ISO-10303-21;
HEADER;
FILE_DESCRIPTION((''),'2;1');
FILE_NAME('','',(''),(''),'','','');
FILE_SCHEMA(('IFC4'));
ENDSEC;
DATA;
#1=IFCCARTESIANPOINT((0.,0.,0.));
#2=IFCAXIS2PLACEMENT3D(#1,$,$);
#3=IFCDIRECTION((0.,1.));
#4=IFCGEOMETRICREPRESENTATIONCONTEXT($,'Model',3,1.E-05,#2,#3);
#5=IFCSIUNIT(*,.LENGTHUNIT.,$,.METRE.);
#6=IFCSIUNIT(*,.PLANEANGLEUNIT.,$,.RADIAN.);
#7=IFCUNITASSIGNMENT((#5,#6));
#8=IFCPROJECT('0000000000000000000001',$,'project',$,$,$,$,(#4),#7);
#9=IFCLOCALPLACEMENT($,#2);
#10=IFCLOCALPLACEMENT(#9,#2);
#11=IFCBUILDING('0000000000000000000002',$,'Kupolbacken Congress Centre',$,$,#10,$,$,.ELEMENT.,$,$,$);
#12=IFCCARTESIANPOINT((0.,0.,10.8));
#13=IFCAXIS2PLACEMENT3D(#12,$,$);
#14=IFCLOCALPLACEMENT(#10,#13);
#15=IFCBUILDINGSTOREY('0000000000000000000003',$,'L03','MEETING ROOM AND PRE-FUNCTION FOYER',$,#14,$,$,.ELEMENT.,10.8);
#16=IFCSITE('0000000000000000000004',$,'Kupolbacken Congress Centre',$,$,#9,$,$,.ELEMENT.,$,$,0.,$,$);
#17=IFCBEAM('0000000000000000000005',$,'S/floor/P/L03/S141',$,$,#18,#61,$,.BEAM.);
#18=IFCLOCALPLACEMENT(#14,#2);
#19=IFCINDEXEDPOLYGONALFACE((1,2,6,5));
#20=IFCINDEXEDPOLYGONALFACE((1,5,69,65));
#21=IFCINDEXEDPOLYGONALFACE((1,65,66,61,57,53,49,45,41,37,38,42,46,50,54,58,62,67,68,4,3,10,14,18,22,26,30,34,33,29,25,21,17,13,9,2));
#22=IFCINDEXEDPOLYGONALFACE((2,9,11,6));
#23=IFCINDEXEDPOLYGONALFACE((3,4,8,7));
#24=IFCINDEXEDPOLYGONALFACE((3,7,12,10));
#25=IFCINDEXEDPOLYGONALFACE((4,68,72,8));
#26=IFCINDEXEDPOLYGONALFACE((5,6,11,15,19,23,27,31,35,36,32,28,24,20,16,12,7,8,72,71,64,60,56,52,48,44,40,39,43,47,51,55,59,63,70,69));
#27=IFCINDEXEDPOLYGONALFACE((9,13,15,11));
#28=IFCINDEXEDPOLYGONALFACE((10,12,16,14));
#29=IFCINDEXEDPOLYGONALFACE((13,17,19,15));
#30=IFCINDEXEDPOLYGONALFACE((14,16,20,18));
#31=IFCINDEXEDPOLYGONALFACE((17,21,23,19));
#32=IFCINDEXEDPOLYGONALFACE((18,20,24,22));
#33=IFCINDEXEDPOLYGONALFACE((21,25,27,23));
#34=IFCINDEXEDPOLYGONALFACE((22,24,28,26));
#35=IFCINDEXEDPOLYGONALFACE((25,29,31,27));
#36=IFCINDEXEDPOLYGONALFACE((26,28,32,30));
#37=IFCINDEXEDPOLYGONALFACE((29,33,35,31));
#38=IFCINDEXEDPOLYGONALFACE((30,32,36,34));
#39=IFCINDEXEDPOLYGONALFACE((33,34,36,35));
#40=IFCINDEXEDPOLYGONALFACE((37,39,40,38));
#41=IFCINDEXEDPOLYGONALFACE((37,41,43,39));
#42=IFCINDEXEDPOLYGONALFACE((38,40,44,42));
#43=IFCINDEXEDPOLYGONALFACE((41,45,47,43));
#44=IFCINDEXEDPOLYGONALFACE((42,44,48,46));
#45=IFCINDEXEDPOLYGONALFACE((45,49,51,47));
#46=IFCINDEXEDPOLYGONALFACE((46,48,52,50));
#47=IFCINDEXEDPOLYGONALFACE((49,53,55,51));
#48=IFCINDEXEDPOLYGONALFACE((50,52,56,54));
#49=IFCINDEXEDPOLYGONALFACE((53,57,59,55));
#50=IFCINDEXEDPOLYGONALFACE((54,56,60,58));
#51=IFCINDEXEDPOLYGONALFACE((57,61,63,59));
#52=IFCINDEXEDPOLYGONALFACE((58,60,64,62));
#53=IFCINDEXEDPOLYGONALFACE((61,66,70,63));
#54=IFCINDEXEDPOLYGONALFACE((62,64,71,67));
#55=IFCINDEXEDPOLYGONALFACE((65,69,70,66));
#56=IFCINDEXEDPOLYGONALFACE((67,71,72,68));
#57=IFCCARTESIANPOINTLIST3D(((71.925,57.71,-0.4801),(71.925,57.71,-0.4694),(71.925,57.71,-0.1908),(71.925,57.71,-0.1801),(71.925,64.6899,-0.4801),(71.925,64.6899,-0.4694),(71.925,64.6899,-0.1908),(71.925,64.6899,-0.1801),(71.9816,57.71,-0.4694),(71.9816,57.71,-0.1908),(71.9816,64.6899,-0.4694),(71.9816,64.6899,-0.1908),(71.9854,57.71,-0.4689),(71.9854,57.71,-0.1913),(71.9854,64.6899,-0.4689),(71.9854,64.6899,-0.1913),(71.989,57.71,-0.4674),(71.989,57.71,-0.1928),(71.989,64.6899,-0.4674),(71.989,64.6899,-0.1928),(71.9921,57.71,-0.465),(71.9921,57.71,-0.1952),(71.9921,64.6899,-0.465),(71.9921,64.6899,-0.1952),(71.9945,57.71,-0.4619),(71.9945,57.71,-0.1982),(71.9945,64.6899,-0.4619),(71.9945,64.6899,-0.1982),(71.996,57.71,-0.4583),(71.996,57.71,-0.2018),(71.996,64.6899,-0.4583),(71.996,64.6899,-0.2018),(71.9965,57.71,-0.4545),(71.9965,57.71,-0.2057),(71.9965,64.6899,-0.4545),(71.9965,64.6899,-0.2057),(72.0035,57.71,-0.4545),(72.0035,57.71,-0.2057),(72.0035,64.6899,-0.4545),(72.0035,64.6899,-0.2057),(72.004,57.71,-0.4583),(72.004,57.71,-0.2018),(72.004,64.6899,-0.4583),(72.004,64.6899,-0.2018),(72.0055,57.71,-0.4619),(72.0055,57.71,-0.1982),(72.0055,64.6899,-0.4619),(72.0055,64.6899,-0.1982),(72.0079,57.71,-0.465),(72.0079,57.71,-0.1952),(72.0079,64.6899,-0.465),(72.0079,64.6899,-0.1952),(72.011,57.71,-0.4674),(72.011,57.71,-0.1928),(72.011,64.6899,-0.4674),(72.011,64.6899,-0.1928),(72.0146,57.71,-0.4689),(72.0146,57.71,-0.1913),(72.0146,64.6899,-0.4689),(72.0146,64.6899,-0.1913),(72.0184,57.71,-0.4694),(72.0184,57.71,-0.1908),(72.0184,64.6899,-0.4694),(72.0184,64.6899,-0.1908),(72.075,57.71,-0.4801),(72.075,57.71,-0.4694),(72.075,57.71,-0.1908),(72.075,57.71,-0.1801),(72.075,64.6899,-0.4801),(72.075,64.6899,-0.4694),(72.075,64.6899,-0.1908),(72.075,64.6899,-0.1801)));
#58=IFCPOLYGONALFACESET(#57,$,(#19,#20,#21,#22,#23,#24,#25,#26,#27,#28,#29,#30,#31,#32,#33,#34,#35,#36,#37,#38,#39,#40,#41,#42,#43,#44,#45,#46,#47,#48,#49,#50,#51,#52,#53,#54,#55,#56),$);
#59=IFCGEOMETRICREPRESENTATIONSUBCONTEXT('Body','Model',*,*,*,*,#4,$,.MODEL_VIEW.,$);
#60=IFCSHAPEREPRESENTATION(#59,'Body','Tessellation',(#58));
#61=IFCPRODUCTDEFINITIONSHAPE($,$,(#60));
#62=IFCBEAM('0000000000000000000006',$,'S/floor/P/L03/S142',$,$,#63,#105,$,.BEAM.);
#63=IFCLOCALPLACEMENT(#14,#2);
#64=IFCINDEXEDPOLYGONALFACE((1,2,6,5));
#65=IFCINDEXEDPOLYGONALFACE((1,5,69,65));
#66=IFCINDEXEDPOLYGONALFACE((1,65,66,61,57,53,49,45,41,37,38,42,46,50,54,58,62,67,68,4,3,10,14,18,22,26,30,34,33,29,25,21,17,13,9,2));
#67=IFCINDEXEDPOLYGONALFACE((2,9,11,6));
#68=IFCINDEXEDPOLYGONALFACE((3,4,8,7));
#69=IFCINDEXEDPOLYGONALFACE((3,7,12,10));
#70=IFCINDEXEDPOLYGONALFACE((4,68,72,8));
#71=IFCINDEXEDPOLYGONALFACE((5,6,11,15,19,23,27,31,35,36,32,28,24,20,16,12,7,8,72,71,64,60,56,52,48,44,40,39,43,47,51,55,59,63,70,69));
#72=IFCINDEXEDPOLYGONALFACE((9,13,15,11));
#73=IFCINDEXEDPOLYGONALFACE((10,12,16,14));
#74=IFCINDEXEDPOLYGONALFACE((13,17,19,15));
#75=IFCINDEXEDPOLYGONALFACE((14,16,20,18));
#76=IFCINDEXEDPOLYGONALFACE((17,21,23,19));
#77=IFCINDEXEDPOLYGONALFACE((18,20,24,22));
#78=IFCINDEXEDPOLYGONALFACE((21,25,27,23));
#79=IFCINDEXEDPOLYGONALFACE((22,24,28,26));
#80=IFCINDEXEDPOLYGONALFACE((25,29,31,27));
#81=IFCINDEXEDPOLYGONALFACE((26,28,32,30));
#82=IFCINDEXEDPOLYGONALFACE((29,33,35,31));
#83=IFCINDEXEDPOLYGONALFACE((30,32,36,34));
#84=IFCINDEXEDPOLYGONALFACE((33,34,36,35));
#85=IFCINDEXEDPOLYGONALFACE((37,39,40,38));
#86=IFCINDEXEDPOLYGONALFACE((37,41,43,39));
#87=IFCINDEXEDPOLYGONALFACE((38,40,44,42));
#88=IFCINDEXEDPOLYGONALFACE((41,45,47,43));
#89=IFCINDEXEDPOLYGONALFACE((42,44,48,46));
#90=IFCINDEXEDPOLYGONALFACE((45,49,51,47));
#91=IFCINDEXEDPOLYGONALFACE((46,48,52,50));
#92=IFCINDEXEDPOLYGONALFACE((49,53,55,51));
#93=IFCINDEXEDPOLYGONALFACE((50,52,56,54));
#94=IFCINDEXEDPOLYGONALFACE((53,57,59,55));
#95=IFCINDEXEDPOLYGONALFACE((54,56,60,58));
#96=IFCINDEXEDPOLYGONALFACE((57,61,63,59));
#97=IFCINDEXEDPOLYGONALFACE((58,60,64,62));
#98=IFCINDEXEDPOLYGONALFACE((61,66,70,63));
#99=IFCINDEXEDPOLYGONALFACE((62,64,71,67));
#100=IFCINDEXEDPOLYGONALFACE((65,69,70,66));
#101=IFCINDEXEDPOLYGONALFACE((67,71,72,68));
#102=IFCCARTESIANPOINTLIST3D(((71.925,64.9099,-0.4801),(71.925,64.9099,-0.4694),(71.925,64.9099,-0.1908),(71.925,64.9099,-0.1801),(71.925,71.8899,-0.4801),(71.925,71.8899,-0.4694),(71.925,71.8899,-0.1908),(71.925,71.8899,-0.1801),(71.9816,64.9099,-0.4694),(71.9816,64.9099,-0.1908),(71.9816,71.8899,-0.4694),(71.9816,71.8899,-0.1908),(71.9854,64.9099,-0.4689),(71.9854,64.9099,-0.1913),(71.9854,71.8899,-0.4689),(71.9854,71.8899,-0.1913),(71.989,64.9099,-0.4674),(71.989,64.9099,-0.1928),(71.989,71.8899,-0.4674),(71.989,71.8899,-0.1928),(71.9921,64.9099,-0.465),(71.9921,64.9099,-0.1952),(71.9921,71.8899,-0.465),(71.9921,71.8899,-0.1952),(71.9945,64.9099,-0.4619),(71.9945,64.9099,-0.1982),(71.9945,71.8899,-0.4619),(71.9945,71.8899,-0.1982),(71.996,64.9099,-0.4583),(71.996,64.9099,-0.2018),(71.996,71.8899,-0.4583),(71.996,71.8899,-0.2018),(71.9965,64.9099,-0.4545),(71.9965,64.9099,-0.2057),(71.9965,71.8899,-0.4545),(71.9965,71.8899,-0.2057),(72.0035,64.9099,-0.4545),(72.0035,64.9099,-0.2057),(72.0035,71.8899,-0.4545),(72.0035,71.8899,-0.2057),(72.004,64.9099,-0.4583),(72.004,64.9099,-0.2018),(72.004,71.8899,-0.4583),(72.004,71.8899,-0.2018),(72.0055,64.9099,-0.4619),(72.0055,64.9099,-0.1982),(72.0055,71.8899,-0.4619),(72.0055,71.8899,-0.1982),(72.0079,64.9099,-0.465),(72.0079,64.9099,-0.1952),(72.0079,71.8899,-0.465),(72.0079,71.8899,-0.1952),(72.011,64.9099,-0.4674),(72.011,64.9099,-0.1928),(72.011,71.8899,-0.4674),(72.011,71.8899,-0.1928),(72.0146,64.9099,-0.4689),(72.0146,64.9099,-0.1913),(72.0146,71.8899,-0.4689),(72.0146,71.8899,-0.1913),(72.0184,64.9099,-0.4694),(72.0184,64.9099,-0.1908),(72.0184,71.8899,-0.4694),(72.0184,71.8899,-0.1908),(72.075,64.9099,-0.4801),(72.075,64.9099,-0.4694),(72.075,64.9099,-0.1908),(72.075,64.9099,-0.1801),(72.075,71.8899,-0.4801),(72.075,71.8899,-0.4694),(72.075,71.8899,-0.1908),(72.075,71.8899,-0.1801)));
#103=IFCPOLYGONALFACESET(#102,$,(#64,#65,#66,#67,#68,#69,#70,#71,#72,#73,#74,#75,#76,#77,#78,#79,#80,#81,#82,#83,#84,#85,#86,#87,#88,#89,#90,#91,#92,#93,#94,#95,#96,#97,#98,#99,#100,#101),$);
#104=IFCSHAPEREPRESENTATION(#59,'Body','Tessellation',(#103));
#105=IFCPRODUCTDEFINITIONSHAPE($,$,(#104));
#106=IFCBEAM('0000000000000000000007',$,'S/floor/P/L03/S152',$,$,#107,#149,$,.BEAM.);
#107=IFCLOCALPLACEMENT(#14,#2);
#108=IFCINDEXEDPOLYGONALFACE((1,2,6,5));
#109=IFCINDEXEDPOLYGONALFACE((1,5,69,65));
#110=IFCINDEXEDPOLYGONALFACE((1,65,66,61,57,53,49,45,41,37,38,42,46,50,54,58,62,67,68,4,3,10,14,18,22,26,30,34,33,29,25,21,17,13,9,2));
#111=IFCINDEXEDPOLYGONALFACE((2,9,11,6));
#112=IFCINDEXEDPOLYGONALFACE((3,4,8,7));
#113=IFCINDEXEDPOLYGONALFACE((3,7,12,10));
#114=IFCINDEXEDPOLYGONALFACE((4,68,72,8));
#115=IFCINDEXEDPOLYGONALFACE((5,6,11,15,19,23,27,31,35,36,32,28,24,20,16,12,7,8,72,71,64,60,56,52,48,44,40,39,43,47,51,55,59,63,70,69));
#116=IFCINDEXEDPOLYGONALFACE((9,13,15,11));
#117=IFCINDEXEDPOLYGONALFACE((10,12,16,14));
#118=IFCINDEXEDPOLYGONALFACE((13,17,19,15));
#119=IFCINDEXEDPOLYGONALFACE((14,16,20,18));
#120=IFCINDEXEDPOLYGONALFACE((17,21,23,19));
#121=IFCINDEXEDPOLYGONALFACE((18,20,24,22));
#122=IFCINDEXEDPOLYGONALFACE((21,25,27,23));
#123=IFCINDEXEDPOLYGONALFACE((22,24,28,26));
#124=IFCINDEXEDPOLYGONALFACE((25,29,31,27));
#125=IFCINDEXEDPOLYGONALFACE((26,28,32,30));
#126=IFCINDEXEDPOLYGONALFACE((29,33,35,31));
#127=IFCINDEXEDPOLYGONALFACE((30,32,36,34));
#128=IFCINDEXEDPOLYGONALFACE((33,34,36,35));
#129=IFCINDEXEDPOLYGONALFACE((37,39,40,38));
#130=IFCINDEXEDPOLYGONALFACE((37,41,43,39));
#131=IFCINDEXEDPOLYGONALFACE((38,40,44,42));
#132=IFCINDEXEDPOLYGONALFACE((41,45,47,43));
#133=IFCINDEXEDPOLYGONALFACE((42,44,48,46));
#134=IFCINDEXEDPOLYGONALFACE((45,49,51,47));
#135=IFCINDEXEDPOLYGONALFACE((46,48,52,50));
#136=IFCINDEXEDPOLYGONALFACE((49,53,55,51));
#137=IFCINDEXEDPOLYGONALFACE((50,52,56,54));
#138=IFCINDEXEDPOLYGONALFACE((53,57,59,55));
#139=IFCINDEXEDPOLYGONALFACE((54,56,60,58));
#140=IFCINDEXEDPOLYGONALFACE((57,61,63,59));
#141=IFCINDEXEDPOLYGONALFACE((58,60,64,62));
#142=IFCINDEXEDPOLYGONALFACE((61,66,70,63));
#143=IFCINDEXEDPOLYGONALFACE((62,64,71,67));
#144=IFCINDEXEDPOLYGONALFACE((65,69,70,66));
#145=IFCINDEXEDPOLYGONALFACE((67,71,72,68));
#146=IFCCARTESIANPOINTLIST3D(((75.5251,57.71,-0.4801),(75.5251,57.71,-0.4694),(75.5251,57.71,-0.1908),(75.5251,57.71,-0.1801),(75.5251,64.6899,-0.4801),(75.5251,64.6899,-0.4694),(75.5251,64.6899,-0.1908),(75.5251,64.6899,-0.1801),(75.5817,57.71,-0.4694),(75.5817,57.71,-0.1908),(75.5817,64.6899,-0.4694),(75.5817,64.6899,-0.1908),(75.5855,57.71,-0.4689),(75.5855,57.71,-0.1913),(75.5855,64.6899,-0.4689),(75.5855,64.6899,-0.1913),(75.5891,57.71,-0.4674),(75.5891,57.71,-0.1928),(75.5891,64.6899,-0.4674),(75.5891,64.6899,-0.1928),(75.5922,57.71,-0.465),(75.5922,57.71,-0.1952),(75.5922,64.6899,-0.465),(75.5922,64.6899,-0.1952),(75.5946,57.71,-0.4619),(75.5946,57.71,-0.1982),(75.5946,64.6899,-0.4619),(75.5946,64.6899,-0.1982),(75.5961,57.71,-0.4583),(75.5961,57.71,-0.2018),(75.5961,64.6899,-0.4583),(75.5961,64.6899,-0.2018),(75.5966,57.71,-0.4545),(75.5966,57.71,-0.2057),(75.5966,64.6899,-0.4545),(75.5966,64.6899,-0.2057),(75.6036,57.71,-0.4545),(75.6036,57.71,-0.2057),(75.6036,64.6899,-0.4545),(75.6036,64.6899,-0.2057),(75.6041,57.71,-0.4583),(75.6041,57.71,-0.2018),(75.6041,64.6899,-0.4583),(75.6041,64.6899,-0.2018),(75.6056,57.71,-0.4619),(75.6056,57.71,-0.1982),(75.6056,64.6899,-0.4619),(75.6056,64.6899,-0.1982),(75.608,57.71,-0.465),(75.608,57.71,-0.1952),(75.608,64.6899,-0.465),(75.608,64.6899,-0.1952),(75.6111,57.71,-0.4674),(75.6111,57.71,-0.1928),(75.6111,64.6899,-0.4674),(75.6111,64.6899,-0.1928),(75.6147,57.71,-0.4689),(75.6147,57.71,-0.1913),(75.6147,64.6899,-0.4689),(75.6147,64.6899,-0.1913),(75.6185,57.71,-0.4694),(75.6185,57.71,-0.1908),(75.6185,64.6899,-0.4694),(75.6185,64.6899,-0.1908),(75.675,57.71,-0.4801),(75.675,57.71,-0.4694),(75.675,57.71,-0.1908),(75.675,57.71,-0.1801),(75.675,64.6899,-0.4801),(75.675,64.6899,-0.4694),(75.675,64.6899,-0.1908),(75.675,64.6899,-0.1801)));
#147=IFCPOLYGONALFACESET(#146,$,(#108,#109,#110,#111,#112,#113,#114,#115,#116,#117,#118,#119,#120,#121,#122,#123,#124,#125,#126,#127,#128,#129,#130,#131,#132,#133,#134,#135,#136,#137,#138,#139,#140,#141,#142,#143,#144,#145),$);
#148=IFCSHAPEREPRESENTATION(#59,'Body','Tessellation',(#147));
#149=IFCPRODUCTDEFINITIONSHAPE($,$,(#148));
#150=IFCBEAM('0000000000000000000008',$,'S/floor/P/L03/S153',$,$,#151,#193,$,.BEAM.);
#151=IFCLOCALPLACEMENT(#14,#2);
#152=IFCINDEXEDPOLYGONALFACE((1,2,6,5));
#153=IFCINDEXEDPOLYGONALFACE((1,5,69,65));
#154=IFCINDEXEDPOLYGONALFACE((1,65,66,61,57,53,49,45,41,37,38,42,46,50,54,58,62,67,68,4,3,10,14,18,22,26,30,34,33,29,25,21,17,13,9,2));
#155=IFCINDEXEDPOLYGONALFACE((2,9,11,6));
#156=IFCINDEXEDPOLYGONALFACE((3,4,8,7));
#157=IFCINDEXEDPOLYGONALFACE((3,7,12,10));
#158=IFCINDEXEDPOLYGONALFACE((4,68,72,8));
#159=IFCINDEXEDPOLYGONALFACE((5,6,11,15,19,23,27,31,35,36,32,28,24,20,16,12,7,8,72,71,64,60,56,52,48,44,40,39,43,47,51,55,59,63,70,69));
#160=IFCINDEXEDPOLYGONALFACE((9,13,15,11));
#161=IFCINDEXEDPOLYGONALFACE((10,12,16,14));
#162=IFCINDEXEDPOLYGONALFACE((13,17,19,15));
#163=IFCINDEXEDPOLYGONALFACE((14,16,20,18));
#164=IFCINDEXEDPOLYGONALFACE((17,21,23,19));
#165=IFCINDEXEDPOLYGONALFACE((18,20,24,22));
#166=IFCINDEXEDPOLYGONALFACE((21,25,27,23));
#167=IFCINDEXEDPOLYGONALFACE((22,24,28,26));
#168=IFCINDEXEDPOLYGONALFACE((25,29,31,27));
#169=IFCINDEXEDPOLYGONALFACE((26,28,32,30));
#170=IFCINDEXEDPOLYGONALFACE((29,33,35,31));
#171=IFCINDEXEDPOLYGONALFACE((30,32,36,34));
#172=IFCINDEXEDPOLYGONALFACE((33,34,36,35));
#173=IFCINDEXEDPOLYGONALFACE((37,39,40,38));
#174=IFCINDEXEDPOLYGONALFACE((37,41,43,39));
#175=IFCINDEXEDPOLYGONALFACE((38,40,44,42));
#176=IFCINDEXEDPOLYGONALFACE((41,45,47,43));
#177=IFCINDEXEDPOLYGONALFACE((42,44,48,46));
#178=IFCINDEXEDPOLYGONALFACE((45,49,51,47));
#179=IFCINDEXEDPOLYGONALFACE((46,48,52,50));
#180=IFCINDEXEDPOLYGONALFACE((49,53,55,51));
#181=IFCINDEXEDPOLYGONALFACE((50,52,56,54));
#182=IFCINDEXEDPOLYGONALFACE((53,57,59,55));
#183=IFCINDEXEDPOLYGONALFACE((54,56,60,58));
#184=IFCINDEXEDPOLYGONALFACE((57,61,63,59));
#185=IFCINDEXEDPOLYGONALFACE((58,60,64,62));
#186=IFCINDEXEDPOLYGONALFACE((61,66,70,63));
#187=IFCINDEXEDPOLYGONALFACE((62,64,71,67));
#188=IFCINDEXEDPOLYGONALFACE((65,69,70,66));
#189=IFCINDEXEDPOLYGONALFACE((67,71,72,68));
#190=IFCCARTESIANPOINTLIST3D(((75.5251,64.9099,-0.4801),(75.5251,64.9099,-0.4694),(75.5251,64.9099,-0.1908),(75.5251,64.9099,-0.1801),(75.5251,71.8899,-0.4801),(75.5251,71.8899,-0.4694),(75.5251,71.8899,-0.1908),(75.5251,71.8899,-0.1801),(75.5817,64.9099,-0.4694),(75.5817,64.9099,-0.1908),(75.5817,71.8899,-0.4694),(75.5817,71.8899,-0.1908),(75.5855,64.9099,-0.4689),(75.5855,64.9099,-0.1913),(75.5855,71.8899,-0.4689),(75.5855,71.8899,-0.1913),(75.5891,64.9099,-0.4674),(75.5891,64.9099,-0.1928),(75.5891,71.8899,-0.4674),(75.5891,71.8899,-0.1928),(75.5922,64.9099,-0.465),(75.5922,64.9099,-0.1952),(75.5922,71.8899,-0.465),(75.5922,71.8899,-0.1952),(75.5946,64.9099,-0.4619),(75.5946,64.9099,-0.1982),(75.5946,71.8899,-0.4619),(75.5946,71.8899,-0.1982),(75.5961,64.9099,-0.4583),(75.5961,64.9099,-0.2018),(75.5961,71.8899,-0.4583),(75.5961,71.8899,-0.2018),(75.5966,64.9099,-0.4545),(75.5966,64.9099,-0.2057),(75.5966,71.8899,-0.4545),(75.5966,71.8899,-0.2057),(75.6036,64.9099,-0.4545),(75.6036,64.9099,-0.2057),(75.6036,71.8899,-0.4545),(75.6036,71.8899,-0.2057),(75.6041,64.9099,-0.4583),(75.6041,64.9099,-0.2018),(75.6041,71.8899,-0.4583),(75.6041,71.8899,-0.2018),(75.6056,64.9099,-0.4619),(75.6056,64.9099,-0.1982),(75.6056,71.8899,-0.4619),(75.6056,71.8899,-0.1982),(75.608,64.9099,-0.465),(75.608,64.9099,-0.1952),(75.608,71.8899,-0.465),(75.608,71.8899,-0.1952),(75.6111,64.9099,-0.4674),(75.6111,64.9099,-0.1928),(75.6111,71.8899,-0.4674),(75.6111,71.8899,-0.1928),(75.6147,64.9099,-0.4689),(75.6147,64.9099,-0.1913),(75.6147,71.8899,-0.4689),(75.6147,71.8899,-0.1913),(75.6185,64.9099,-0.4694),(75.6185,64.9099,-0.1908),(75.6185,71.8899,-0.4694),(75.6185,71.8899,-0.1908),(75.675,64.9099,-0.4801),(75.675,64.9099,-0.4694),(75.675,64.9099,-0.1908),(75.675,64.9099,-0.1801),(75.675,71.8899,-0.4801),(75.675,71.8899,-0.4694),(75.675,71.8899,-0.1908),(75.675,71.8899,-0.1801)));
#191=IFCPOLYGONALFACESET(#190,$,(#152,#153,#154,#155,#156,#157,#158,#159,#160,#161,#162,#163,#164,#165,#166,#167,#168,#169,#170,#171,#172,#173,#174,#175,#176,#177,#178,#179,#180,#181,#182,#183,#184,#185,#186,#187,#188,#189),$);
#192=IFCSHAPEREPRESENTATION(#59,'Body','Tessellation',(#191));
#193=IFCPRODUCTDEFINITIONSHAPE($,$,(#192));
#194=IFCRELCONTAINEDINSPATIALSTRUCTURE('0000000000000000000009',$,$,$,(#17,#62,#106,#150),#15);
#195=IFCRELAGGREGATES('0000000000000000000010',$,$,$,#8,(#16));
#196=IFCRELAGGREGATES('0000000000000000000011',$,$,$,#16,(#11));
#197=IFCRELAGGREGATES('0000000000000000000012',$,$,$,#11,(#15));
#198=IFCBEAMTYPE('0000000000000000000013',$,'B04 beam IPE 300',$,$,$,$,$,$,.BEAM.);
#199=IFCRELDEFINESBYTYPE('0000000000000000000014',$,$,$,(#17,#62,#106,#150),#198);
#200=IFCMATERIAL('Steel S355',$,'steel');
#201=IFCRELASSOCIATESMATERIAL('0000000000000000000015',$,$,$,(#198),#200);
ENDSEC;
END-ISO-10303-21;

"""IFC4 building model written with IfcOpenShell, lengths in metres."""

from ifc_helpers import new_model, si_unit, direction, frame, origin, origin_2d, place, context, subcontext, project, spatial, i_section, extrude, material, material_profile, profile_set, type_object, element, save


model = new_model("IFC4")

# Units and contexts
model_context = context("Model", 3, precision=1e-05, world=origin(), true_north=direction((0.0, 1.0)))
body_context = subcontext(model_context, "Body", "Model", "MODEL_VIEW")
ifc_project = project(units=[si_unit("LENGTHUNIT", "METRE"), si_unit("PLANEANGLEUNIT", "RADIAN")], contexts=[model_context])

# Site, building, storey
site_placement = place(None, origin())
site = spatial("IfcSite", under=ifc_project, at=site_placement, Name="Kupolbacken Congress Centre", CompositionType="ELEMENT", RefElevation=0.0)
building_placement = place(site_placement, origin())
building = spatial("IfcBuilding", under=site, at=building_placement, Name="Kupolbacken Congress Centre", CompositionType="ELEMENT")
storey_placement = place(building_placement, frame((0.0, 0.0, 10.8)))
storey = spatial("IfcBuildingStorey", under=building, at=storey_placement, Name="L03", Description="MEETING ROOM AND PRE-FUNCTION FOYER", CompositionType="ELEMENT", Elevation=10.8)

# Beams
ifc_material_1 = material(Name="Steel S355", Category="steel")
ifc_material_profile_1 = material_profile(ifc_material_1, i_section(OverallWidth=0.1499, OverallDepth=0.3, WebThickness=0.0071, FlangeThickness=0.0107, FilletRadius=0.0149, at=origin_2d()), Name="IPE 300")
ifc_profile_set_1 = profile_set([ifc_material_profile_1], Name="Steel S355")
beam_type_1 = type_object("IfcBeamType", Name="B04 beam IPE 300", PredefinedType="BEAM", material=ifc_profile_set_1)
for number, where, z_axis, x_axis, name in (
    (1, (72.0, 57.71, -0.3301), (0.0, 1.0, 0.0), (-1.0, 0.0, 0.0), "S/floor/P/L03/S141"),
    (2, (72.0, 64.9099, -0.3301), (0.0, 1.0, 0.0), (-1.0, 0.0, 0.0), "S/floor/P/L03/S142"),
    (3, (75.6001, 57.71, -0.3301), (0.0, 1.0, 0.0), (-1.0, 0.0, 0.0), "S/floor/P/L03/S152"),
    (4, (75.6001, 64.9099, -0.3301), (0.0, 1.0, 0.0), (-1.0, 0.0, 0.0), "S/floor/P/L03/S153"),
):
    element("IfcBeam", number, at=place(storey_placement, frame(where, z_axis=z_axis, x_axis=x_axis)), inside=storey, type_object=beam_type_1, Name=name, PredefinedType="BEAM", context=body_context, shape_type="SweptSolid", body=[
        extrude(i_section(OverallWidth=0.1499, OverallDepth=0.3, WebThickness=0.0071, FlangeThickness=0.0107, FilletRadius=0.0149, at=origin_2d()), origin(), (0.0, 0.0, 1.0), 6.98),
    ])

save(model, "model.ifc")
